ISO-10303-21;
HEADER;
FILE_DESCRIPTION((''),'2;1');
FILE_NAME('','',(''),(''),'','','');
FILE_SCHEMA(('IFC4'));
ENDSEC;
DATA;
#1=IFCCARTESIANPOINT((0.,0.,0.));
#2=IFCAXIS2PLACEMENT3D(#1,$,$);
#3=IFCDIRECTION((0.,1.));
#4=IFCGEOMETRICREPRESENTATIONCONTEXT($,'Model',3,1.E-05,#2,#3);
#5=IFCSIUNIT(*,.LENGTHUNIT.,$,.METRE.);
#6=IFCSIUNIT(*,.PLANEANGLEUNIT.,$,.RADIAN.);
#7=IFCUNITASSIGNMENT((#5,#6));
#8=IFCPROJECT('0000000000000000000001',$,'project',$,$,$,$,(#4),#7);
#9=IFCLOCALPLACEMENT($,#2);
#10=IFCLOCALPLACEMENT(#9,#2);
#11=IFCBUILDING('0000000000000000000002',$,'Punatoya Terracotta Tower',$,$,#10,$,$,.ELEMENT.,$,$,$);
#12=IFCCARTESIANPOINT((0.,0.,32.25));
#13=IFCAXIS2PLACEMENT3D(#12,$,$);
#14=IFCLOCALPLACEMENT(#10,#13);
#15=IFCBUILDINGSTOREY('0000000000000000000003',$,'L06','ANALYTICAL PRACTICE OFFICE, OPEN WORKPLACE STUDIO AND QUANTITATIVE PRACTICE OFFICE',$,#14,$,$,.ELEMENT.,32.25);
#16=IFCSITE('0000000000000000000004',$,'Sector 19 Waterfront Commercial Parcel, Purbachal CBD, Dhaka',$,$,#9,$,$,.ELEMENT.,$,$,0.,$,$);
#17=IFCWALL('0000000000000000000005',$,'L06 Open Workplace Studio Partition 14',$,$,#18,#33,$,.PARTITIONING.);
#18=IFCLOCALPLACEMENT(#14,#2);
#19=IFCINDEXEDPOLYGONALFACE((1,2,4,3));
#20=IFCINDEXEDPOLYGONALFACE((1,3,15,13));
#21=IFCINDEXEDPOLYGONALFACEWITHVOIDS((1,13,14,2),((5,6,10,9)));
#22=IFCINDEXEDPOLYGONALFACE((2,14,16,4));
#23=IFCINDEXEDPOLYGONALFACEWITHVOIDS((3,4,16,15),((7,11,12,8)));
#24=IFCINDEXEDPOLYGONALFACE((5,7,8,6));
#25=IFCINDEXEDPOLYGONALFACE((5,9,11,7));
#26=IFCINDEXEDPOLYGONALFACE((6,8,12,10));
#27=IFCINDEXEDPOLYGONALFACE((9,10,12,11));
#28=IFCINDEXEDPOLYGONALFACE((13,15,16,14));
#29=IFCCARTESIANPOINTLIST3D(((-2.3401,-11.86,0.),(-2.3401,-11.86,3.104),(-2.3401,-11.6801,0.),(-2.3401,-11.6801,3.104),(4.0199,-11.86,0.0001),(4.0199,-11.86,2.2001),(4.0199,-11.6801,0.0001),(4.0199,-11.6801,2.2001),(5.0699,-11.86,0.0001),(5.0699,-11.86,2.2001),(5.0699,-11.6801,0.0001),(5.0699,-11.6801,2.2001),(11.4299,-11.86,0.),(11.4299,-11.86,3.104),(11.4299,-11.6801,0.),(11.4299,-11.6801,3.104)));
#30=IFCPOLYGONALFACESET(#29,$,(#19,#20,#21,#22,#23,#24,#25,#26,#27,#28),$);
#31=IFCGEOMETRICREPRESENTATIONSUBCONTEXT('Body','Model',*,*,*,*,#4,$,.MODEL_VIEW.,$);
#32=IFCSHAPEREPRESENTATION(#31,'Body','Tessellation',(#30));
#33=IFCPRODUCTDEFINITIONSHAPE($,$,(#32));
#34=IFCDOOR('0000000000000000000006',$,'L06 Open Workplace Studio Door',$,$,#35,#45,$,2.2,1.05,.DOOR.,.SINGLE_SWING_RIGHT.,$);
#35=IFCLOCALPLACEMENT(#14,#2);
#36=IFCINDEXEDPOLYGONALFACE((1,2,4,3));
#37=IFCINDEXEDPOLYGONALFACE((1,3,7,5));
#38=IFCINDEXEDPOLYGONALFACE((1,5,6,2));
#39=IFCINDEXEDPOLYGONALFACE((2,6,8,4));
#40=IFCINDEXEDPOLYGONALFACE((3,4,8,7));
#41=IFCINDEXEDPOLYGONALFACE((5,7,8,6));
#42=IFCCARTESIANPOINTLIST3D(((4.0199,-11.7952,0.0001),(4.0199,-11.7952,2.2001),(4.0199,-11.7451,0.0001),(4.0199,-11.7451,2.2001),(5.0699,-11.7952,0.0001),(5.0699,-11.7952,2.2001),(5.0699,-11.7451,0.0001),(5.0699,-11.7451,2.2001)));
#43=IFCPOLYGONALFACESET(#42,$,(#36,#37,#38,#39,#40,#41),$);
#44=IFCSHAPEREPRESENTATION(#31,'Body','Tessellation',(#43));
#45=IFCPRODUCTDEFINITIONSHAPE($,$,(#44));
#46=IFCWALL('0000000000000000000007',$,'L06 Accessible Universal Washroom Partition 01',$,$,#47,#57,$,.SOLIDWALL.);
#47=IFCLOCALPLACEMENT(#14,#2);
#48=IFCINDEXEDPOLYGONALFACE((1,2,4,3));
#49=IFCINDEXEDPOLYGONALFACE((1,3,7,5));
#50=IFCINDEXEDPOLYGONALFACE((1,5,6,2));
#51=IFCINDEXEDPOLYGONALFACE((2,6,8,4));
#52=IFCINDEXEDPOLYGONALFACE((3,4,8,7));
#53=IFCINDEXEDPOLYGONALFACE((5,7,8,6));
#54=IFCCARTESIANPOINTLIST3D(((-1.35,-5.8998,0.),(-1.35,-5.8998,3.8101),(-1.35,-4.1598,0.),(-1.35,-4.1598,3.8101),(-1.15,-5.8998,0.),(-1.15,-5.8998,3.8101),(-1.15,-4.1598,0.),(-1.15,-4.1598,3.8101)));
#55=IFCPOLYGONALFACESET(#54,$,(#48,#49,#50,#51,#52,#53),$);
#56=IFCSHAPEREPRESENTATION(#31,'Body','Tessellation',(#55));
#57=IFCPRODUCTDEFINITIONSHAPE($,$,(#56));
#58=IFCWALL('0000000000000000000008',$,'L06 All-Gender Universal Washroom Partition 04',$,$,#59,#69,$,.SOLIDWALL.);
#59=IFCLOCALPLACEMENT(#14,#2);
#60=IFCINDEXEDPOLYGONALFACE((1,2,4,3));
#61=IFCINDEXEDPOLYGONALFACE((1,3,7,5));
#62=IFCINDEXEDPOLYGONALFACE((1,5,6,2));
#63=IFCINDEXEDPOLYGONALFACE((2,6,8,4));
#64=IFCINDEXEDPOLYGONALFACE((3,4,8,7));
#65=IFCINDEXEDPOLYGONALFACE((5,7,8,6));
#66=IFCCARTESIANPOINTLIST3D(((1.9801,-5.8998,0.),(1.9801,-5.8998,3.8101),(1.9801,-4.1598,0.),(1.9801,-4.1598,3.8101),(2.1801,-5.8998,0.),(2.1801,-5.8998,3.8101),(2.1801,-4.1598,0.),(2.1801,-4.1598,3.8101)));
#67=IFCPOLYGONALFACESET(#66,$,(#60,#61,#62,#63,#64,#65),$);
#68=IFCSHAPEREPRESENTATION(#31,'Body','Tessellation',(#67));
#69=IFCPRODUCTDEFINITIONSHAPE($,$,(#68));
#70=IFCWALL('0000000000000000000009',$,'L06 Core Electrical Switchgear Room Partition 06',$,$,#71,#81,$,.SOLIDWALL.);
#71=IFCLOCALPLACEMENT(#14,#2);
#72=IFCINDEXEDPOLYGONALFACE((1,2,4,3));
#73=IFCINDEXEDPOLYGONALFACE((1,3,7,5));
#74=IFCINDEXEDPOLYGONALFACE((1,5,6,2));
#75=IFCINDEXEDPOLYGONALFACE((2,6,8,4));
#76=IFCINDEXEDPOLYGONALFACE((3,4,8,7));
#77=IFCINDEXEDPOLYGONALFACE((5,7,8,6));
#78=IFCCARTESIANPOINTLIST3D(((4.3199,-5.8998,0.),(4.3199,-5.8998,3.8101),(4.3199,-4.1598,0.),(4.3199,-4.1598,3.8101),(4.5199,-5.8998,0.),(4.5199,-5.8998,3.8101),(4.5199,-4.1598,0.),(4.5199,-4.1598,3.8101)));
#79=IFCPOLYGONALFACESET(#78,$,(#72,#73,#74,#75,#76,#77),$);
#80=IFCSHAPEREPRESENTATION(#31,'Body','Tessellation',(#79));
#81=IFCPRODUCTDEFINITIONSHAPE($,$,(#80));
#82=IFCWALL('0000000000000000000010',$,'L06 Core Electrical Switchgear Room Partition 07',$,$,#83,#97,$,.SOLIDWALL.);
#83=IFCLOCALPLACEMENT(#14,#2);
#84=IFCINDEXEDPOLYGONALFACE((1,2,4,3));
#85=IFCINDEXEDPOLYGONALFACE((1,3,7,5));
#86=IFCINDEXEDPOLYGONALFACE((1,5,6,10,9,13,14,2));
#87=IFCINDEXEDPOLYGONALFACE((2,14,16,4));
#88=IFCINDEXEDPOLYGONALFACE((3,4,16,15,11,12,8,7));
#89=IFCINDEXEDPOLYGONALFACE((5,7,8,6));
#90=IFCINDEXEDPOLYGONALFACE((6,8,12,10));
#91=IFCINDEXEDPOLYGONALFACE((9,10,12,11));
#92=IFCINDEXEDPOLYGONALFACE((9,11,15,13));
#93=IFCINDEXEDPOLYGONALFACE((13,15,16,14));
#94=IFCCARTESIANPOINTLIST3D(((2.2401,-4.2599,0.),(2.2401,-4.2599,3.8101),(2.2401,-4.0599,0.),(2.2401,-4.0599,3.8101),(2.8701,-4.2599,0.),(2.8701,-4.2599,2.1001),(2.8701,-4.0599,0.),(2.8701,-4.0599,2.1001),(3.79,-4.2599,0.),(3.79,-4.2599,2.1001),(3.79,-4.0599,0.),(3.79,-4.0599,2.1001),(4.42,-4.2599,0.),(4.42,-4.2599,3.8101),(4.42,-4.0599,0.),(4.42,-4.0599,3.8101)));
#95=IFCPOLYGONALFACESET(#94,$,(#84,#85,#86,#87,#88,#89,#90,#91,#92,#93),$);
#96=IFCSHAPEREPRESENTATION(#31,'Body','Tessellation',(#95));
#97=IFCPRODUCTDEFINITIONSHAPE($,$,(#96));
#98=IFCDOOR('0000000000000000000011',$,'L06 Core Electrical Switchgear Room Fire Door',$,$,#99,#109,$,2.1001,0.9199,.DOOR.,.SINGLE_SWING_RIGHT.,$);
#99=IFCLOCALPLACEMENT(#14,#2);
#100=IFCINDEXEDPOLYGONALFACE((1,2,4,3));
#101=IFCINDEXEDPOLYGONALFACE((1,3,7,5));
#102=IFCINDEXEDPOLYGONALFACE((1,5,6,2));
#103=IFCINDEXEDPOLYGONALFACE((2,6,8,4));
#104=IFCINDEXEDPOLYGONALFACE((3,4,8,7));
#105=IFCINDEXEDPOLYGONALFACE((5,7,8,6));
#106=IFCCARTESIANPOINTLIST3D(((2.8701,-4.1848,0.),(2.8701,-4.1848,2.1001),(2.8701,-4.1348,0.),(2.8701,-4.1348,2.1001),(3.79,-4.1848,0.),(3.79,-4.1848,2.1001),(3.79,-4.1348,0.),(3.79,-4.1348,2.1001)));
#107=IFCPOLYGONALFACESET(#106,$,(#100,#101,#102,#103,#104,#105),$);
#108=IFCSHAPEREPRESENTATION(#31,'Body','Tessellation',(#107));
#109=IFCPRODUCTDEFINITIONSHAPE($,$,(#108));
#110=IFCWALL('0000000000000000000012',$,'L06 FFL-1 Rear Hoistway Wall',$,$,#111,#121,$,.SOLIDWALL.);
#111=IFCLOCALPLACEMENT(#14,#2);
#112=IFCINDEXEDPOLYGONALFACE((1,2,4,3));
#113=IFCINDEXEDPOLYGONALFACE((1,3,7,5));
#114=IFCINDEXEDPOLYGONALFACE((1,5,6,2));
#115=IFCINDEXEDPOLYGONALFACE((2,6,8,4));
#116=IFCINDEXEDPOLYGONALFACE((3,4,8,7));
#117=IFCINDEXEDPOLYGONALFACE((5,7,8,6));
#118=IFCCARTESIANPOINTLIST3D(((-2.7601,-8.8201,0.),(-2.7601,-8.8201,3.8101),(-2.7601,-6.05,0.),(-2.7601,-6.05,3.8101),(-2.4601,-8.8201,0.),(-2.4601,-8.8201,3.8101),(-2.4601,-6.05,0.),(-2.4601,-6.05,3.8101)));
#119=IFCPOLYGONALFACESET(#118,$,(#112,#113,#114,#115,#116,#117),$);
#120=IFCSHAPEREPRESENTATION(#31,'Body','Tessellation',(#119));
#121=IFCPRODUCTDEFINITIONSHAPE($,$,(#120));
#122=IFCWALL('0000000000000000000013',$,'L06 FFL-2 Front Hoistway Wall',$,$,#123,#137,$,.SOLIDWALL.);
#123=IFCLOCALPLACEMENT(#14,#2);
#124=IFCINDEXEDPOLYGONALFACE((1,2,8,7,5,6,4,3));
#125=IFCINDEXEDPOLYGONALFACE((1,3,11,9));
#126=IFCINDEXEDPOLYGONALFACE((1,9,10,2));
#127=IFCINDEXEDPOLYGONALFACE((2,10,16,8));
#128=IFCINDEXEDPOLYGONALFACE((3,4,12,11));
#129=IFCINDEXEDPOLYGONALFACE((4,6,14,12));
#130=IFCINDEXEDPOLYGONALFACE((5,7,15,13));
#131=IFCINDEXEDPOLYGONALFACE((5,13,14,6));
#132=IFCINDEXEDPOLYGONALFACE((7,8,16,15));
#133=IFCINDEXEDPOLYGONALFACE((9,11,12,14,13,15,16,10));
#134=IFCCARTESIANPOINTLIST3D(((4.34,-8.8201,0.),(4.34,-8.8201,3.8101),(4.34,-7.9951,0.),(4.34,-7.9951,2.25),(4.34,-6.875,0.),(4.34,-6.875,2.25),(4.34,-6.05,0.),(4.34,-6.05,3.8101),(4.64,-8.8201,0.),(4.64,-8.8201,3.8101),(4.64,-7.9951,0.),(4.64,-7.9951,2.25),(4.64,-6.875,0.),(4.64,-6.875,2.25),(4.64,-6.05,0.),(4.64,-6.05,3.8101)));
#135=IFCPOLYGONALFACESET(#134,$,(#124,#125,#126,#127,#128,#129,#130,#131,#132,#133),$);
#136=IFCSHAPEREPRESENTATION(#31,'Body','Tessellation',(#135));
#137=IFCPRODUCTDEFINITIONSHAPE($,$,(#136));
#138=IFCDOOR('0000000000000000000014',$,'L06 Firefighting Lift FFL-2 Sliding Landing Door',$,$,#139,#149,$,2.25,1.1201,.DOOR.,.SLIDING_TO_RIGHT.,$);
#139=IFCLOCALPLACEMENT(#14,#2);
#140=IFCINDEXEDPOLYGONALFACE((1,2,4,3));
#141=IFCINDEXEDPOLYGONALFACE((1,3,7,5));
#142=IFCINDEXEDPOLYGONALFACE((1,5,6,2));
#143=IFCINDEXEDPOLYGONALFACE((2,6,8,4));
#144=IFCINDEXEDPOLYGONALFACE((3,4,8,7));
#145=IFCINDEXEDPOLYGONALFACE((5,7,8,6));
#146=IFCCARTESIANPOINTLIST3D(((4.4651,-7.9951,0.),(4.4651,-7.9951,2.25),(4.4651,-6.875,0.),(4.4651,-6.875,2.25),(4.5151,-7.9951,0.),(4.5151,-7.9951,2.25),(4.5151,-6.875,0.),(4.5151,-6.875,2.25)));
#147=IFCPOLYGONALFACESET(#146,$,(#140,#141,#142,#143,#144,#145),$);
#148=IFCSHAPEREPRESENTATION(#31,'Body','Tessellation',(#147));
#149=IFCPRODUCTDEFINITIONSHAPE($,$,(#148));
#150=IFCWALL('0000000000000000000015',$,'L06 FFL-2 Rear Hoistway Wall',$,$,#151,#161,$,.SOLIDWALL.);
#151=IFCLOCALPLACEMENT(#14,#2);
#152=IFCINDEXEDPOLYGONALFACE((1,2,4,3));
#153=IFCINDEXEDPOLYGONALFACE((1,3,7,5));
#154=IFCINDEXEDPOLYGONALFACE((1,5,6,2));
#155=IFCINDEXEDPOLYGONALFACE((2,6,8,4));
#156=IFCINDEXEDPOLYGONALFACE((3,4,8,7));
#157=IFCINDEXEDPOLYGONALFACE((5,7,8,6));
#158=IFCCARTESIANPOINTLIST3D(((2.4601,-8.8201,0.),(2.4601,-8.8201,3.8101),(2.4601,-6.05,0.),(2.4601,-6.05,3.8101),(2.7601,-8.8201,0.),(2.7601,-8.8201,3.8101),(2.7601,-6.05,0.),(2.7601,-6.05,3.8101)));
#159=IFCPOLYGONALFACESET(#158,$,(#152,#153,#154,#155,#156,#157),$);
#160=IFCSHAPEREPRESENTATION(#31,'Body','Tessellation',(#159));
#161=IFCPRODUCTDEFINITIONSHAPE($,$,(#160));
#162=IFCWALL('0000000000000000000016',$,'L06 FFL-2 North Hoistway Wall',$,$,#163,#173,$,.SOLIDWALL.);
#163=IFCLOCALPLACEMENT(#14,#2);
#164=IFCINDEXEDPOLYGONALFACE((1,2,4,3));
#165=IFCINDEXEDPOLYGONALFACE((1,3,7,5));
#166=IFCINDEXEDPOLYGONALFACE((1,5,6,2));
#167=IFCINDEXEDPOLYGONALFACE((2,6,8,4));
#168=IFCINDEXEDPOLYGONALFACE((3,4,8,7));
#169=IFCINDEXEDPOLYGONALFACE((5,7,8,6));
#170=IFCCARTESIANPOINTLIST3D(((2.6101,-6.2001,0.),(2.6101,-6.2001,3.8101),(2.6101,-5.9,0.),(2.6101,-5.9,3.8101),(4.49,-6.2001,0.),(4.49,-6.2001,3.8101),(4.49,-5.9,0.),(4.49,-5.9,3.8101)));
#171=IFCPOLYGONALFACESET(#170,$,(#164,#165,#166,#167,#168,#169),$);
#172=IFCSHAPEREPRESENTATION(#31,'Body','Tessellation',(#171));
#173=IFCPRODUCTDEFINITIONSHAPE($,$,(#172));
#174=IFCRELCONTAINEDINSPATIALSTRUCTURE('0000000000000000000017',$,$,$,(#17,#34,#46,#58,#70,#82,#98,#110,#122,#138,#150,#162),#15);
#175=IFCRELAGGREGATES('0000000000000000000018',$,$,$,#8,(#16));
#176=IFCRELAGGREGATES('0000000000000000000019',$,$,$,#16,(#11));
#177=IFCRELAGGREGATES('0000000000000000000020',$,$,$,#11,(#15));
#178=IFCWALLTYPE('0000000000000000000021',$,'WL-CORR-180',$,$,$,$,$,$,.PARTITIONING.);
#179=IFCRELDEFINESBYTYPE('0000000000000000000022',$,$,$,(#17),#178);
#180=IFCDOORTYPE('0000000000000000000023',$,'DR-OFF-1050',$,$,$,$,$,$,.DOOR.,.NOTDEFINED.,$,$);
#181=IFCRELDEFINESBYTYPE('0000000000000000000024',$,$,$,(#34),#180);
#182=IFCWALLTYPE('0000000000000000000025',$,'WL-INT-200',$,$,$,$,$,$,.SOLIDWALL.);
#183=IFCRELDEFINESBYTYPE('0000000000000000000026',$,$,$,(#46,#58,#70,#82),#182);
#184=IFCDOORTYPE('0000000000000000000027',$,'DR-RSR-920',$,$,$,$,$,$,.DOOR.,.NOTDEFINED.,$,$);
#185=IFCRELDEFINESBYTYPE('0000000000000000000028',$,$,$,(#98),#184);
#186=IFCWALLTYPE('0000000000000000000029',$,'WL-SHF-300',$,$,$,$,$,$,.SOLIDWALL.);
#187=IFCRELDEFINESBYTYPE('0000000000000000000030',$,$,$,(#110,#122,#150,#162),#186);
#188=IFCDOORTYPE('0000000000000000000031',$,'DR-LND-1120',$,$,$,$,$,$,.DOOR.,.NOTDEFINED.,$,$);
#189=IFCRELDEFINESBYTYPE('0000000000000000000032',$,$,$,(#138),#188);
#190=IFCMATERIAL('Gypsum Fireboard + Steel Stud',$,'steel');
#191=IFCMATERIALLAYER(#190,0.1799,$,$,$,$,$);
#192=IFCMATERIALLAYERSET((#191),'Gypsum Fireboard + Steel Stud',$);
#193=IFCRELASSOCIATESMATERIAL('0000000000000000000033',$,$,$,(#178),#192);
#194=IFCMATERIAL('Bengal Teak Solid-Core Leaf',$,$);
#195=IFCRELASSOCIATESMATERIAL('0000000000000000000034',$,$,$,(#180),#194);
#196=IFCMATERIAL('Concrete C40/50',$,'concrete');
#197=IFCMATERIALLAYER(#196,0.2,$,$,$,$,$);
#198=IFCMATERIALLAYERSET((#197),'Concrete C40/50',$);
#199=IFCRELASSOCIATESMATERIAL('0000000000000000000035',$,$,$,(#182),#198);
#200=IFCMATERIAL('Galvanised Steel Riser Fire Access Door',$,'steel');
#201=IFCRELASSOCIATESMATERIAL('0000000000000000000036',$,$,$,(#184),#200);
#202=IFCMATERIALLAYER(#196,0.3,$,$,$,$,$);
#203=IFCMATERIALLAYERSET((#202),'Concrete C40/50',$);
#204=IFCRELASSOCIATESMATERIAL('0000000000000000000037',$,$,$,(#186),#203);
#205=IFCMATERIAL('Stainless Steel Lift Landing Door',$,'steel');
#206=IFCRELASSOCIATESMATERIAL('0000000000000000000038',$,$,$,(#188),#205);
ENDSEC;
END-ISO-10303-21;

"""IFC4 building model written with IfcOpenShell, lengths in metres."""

from ifc_helpers import new_model, si_unit, direction, frame, frame_2d, origin, place, context, subcontext, project, spatial, rectangle, extrude, material, layer, layer_set, type_object, element, fill, save


model = new_model("IFC4")

# Units and contexts
model_context = context("Model", 3, precision=1e-05, world=origin(), true_north=direction((0.0, 1.0)))
body_context = subcontext(model_context, "Body", "Model", "MODEL_VIEW")
ifc_project = project(units=[si_unit("LENGTHUNIT", "METRE"), si_unit("PLANEANGLEUNIT", "RADIAN")], contexts=[model_context])

# Site, building, storey
site_placement = place(None, origin())
site = spatial("IfcSite", under=ifc_project, at=site_placement, Name="Sector 19 Waterfront Commercial Parcel, Purbachal CBD, Dhaka", CompositionType="ELEMENT", RefElevation=0.0)
building_placement = place(site_placement, origin())
building = spatial("IfcBuilding", under=site, at=building_placement, Name="Punatoya Terracotta Tower", CompositionType="ELEMENT")
storey_placement = place(building_placement, frame((0.0, 0.0, 32.25)))
storey = spatial("IfcBuildingStorey", under=building, at=storey_placement, Name="L06", Description="ANALYTICAL PRACTICE OFFICE, OPEN WORKPLACE STUDIO AND QUANTITATIVE PRACTICE OFFICE", CompositionType="ELEMENT", Elevation=32.25)

# Shared definitions
ifc_material_1 = material(Name="Concrete C40/50", Category="concrete")

# Wall, opening, door
ifc_material_2 = material(Name="Gypsum Fireboard + Steel Stud", Category="steel")
ifc_layer_1 = layer(ifc_material_2, 0.1799)
ifc_layer_set_1 = layer_set([ifc_layer_1], Name="Gypsum Fireboard + Steel Stud")
wall_type_1 = type_object("IfcWallType", Name="WL-CORR-180", PredefinedType="PARTITIONING", material=ifc_layer_set_1)
wall_1_placement = place(storey_placement, frame((-2.3401, -11.77, 0.0), z_axis=(0.0, 0.0, 1.0), x_axis=(1.0, 0.0, 0.0)))
wall_1 = element("IfcWall", 1, at=wall_1_placement, inside=storey, type_object=wall_type_1, Name="L06 Open Workplace Studio Partition 14", PredefinedType="PARTITIONING", context=body_context, shape_type="SweptSolid", body=[
    extrude(rectangle(XDim=13.77, YDim=0.1799, at=frame_2d((6.885, 0.0))), origin(), (0.0, 0.0, 1.0), 3.104),
])
opening_1_placement = place(wall_1_placement, frame((6.3601, 0.0, 0.0)))
opening_1 = element("IfcOpeningElement", 2, at=opening_1_placement, cuts=wall_1, PredefinedType="OPENING", context=body_context, shape_type="SweptSolid", body=[
    extrude(rectangle(XDim=1.05, YDim=2.2, at=frame_2d((0.5249, 1.1001))), frame((0.0, 0.0999, 0.0), z_axis=(0.0, -1.0, 0.0), x_axis=(1.0, 0.0, 0.0)), (0.0, 0.0, 1.0), 0.2),
])
ifc_material_3 = material(Name="Bengal Teak Solid-Core Leaf")
door_type_1 = type_object("IfcDoorType", Name="DR-OFF-1050", OperationType="NOTDEFINED", PredefinedType="DOOR", material=ifc_material_3)
door_1_placement = place(opening_1_placement, origin())
door_1 = element("IfcDoor", 3, at=door_1_placement, inside=storey, type_object=door_type_1, Name="L06 Open Workplace Studio Door", OperationType="SINGLE_SWING_RIGHT", OverallHeight=2.2, OverallWidth=1.05, PredefinedType="DOOR", context=body_context, shape_type="SweptSolid", body=[
    extrude(rectangle(XDim=1.05, YDim=2.2, at=frame_2d((0.5249, 1.1001))), frame((0.0, 0.0249, 0.0), z_axis=(0.0, -1.0, 0.0), x_axis=(1.0, 0.0, 0.0)), (0.0, 0.0, 1.0), 0.05),
])
fill(opening_1, door_1)

# Wall
ifc_layer_2 = layer(ifc_material_1, 0.2)
ifc_layer_set_2 = layer_set([ifc_layer_2], Name="Concrete C40/50")
wall_type_2 = type_object("IfcWallType", Name="WL-INT-200", PredefinedType="SOLIDWALL", material=ifc_layer_set_2)
wall_2_placement = place(storey_placement, frame((-1.25, -5.8999, 0.0), z_axis=(0.0, 0.0, 1.0), x_axis=(0.0, 1.0, 0.0)))
element("IfcWall", 4, at=wall_2_placement, inside=storey, type_object=wall_type_2, Name="L06 Accessible Universal Washroom Partition 01", PredefinedType="SOLIDWALL", context=body_context, shape_type="SweptSolid", body=[
    extrude(rectangle(XDim=1.74, YDim=0.2, at=frame_2d((0.8701, 0.0))), origin(), (0.0, 0.0, 1.0), 3.8101),
])

# Wall
wall_3_placement = place(storey_placement, frame((2.0801, -5.8999, 0.0), z_axis=(0.0, 0.0, 1.0), x_axis=(0.0, 1.0, 0.0)))
element("IfcWall", 5, at=wall_3_placement, inside=storey, type_object=wall_type_2, Name="L06 All-Gender Universal Washroom Partition 04", PredefinedType="SOLIDWALL", context=body_context, shape_type="SweptSolid", body=[
    extrude(rectangle(XDim=1.74, YDim=0.2, at=frame_2d((0.8701, 0.0))), origin(), (0.0, 0.0, 1.0), 3.8101),
])

# Wall
wall_4_placement = place(storey_placement, frame((4.4199, -5.8999, 0.0), z_axis=(0.0, 0.0, 1.0), x_axis=(0.0, 1.0, 0.0)))
element("IfcWall", 6, at=wall_4_placement, inside=storey, type_object=wall_type_2, Name="L06 Core Electrical Switchgear Room Partition 06", PredefinedType="SOLIDWALL", context=body_context, shape_type="SweptSolid", body=[
    extrude(rectangle(XDim=1.74, YDim=0.2, at=frame_2d((0.8701, 0.0))), origin(), (0.0, 0.0, 1.0), 3.8101),
])

# Wall, opening, door
wall_5_placement = place(storey_placement, frame((4.4199, -4.1599, 0.0), z_axis=(0.0, 0.0, 1.0), x_axis=(-1.0, 0.0, 0.0)))
wall_5 = element("IfcWall", 7, at=wall_5_placement, inside=storey, type_object=wall_type_2, Name="L06 Core Electrical Switchgear Room Partition 07", PredefinedType="SOLIDWALL", context=body_context, shape_type="SweptSolid", body=[
    extrude(rectangle(XDim=2.1799, YDim=0.2, at=frame_2d((1.0898, 0.0))), origin(), (0.0, 0.0, 1.0), 3.8101),
])
opening_2_placement = place(wall_5_placement, frame((0.6299, 0.0, 0.0)))
opening_2 = element("IfcOpeningElement", 8, at=opening_2_placement, cuts=wall_5, PredefinedType="OPENING", context=body_context, shape_type="SweptSolid", body=[
    extrude(rectangle(XDim=0.9199, YDim=2.1001, at=frame_2d((0.46, 1.05))), frame((0.0, 0.1099, 0.0), z_axis=(0.0, -1.0, 0.0), x_axis=(1.0, 0.0, 0.0)), (0.0, 0.0, 1.0), 0.22),
])
ifc_material_4 = material(Name="Galvanised Steel Riser Fire Access Door", Category="steel")
door_type_2 = type_object("IfcDoorType", Name="DR-RSR-920", OperationType="NOTDEFINED", PredefinedType="DOOR", material=ifc_material_4)
door_2_placement = place(opening_2_placement, origin())
door_2 = element("IfcDoor", 9, at=door_2_placement, inside=storey, type_object=door_type_2, Name="L06 Core Electrical Switchgear Room Fire Door", OperationType="SINGLE_SWING_RIGHT", OverallHeight=2.1001, OverallWidth=0.9199, PredefinedType="DOOR", context=body_context, shape_type="SweptSolid", body=[
    extrude(rectangle(XDim=0.9199, YDim=2.1001, at=frame_2d((0.46, 1.05))), frame((0.0, 0.0249, 0.0), z_axis=(0.0, -1.0, 0.0), x_axis=(1.0, 0.0, 0.0)), (0.0, 0.0, 1.0), 0.05),
])
fill(opening_2, door_2)

# Wall
ifc_layer_3 = layer(ifc_material_1, 0.3)
ifc_layer_set_3 = layer_set([ifc_layer_3], Name="Concrete C40/50")
wall_type_3 = type_object("IfcWallType", Name="WL-SHF-300", PredefinedType="SOLIDWALL", material=ifc_layer_set_3)
wall_6_placement = place(storey_placement, frame((-2.6101, -8.8201, 0.0), z_axis=(0.0, 0.0, 1.0), x_axis=(0.0, 1.0, 0.0)))
element("IfcWall", 10, at=wall_6_placement, inside=storey, type_object=wall_type_3, Name="L06 FFL-1 Rear Hoistway Wall", PredefinedType="SOLIDWALL", context=body_context, shape_type="SweptSolid", body=[
    extrude(rectangle(XDim=2.77, YDim=0.3, at=frame_2d((1.385, 0.0))), origin(), (0.0, 0.0, 1.0), 3.8101),
])

# Wall, opening, door
wall_7_placement = place(storey_placement, frame((4.49, -8.8201, 0.0), z_axis=(0.0, 0.0, 1.0), x_axis=(0.0, 1.0, 0.0)))
wall_7 = element("IfcWall", 11, at=wall_7_placement, inside=storey, type_object=wall_type_3, Name="L06 FFL-2 Front Hoistway Wall", PredefinedType="SOLIDWALL", context=body_context, shape_type="SweptSolid", body=[
    extrude(rectangle(XDim=2.77, YDim=0.3, at=frame_2d((1.385, 0.0))), origin(), (0.0, 0.0, 1.0), 3.8101),
])
opening_3_placement = place(wall_7_placement, frame((0.825, 0.0, 0.0)))
opening_3 = element("IfcOpeningElement", 12, at=opening_3_placement, cuts=wall_7, PredefinedType="OPENING", context=body_context, shape_type="SweptSolid", body=[
    extrude(rectangle(XDim=1.1201, YDim=2.25, at=frame_2d((0.5601, 1.125))), frame((0.0, 0.1599, 0.0), z_axis=(0.0, -1.0, 0.0), x_axis=(1.0, 0.0, 0.0)), (0.0, 0.0, 1.0), 0.3201),
])
ifc_material_5 = material(Name="Stainless Steel Lift Landing Door", Category="steel")
door_type_3 = type_object("IfcDoorType", Name="DR-LND-1120", OperationType="NOTDEFINED", PredefinedType="DOOR", material=ifc_material_5)
door_3_placement = place(opening_3_placement, origin())
door_3 = element("IfcDoor", 13, at=door_3_placement, inside=storey, type_object=door_type_3, Name="L06 Firefighting Lift FFL-2 Sliding Landing Door", OperationType="SLIDING_TO_RIGHT", OverallHeight=2.25, OverallWidth=1.1201, PredefinedType="DOOR", context=body_context, shape_type="SweptSolid", body=[
    extrude(rectangle(XDim=1.1201, YDim=2.25, at=frame_2d((0.5601, 1.125))), frame((0.0, 0.0249, 0.0), z_axis=(0.0, -1.0, 0.0), x_axis=(1.0, 0.0, 0.0)), (0.0, 0.0, 1.0), 0.05),
])
fill(opening_3, door_3)

# Walls
wall_8_placement = place(storey_placement, frame((2.6101, -8.8201, 0.0), z_axis=(0.0, 0.0, 1.0), x_axis=(0.0, 1.0, 0.0)))
element("IfcWall", 14, at=wall_8_placement, inside=storey, type_object=wall_type_3, Name="L06 FFL-2 Rear Hoistway Wall", PredefinedType="SOLIDWALL", context=body_context, shape_type="SweptSolid", body=[
    extrude(rectangle(XDim=2.77, YDim=0.3, at=frame_2d((1.385, 0.0))), origin(), (0.0, 0.0, 1.0), 3.8101),
])
for number, where, z_axis, x_axis, name in (
    (15, (2.6101, -6.05, 0.0), (0.0, 0.0, 1.0), (1.0, 0.0, 0.0), "L06 FFL-2 North Hoistway Wall"),
):
    element("IfcWall", number, at=place(storey_placement, frame(where, z_axis=z_axis, x_axis=x_axis)), inside=storey, type_object=wall_type_3, Name=name, PredefinedType="SOLIDWALL", context=body_context, shape_type="SweptSolid", body=[
        extrude(rectangle(XDim=1.8799, YDim=0.3, at=frame_2d((0.9399, 0.0))), origin(), (0.0, 0.0, 1.0), 3.8101),
    ])

save(model, "model.ifc")
